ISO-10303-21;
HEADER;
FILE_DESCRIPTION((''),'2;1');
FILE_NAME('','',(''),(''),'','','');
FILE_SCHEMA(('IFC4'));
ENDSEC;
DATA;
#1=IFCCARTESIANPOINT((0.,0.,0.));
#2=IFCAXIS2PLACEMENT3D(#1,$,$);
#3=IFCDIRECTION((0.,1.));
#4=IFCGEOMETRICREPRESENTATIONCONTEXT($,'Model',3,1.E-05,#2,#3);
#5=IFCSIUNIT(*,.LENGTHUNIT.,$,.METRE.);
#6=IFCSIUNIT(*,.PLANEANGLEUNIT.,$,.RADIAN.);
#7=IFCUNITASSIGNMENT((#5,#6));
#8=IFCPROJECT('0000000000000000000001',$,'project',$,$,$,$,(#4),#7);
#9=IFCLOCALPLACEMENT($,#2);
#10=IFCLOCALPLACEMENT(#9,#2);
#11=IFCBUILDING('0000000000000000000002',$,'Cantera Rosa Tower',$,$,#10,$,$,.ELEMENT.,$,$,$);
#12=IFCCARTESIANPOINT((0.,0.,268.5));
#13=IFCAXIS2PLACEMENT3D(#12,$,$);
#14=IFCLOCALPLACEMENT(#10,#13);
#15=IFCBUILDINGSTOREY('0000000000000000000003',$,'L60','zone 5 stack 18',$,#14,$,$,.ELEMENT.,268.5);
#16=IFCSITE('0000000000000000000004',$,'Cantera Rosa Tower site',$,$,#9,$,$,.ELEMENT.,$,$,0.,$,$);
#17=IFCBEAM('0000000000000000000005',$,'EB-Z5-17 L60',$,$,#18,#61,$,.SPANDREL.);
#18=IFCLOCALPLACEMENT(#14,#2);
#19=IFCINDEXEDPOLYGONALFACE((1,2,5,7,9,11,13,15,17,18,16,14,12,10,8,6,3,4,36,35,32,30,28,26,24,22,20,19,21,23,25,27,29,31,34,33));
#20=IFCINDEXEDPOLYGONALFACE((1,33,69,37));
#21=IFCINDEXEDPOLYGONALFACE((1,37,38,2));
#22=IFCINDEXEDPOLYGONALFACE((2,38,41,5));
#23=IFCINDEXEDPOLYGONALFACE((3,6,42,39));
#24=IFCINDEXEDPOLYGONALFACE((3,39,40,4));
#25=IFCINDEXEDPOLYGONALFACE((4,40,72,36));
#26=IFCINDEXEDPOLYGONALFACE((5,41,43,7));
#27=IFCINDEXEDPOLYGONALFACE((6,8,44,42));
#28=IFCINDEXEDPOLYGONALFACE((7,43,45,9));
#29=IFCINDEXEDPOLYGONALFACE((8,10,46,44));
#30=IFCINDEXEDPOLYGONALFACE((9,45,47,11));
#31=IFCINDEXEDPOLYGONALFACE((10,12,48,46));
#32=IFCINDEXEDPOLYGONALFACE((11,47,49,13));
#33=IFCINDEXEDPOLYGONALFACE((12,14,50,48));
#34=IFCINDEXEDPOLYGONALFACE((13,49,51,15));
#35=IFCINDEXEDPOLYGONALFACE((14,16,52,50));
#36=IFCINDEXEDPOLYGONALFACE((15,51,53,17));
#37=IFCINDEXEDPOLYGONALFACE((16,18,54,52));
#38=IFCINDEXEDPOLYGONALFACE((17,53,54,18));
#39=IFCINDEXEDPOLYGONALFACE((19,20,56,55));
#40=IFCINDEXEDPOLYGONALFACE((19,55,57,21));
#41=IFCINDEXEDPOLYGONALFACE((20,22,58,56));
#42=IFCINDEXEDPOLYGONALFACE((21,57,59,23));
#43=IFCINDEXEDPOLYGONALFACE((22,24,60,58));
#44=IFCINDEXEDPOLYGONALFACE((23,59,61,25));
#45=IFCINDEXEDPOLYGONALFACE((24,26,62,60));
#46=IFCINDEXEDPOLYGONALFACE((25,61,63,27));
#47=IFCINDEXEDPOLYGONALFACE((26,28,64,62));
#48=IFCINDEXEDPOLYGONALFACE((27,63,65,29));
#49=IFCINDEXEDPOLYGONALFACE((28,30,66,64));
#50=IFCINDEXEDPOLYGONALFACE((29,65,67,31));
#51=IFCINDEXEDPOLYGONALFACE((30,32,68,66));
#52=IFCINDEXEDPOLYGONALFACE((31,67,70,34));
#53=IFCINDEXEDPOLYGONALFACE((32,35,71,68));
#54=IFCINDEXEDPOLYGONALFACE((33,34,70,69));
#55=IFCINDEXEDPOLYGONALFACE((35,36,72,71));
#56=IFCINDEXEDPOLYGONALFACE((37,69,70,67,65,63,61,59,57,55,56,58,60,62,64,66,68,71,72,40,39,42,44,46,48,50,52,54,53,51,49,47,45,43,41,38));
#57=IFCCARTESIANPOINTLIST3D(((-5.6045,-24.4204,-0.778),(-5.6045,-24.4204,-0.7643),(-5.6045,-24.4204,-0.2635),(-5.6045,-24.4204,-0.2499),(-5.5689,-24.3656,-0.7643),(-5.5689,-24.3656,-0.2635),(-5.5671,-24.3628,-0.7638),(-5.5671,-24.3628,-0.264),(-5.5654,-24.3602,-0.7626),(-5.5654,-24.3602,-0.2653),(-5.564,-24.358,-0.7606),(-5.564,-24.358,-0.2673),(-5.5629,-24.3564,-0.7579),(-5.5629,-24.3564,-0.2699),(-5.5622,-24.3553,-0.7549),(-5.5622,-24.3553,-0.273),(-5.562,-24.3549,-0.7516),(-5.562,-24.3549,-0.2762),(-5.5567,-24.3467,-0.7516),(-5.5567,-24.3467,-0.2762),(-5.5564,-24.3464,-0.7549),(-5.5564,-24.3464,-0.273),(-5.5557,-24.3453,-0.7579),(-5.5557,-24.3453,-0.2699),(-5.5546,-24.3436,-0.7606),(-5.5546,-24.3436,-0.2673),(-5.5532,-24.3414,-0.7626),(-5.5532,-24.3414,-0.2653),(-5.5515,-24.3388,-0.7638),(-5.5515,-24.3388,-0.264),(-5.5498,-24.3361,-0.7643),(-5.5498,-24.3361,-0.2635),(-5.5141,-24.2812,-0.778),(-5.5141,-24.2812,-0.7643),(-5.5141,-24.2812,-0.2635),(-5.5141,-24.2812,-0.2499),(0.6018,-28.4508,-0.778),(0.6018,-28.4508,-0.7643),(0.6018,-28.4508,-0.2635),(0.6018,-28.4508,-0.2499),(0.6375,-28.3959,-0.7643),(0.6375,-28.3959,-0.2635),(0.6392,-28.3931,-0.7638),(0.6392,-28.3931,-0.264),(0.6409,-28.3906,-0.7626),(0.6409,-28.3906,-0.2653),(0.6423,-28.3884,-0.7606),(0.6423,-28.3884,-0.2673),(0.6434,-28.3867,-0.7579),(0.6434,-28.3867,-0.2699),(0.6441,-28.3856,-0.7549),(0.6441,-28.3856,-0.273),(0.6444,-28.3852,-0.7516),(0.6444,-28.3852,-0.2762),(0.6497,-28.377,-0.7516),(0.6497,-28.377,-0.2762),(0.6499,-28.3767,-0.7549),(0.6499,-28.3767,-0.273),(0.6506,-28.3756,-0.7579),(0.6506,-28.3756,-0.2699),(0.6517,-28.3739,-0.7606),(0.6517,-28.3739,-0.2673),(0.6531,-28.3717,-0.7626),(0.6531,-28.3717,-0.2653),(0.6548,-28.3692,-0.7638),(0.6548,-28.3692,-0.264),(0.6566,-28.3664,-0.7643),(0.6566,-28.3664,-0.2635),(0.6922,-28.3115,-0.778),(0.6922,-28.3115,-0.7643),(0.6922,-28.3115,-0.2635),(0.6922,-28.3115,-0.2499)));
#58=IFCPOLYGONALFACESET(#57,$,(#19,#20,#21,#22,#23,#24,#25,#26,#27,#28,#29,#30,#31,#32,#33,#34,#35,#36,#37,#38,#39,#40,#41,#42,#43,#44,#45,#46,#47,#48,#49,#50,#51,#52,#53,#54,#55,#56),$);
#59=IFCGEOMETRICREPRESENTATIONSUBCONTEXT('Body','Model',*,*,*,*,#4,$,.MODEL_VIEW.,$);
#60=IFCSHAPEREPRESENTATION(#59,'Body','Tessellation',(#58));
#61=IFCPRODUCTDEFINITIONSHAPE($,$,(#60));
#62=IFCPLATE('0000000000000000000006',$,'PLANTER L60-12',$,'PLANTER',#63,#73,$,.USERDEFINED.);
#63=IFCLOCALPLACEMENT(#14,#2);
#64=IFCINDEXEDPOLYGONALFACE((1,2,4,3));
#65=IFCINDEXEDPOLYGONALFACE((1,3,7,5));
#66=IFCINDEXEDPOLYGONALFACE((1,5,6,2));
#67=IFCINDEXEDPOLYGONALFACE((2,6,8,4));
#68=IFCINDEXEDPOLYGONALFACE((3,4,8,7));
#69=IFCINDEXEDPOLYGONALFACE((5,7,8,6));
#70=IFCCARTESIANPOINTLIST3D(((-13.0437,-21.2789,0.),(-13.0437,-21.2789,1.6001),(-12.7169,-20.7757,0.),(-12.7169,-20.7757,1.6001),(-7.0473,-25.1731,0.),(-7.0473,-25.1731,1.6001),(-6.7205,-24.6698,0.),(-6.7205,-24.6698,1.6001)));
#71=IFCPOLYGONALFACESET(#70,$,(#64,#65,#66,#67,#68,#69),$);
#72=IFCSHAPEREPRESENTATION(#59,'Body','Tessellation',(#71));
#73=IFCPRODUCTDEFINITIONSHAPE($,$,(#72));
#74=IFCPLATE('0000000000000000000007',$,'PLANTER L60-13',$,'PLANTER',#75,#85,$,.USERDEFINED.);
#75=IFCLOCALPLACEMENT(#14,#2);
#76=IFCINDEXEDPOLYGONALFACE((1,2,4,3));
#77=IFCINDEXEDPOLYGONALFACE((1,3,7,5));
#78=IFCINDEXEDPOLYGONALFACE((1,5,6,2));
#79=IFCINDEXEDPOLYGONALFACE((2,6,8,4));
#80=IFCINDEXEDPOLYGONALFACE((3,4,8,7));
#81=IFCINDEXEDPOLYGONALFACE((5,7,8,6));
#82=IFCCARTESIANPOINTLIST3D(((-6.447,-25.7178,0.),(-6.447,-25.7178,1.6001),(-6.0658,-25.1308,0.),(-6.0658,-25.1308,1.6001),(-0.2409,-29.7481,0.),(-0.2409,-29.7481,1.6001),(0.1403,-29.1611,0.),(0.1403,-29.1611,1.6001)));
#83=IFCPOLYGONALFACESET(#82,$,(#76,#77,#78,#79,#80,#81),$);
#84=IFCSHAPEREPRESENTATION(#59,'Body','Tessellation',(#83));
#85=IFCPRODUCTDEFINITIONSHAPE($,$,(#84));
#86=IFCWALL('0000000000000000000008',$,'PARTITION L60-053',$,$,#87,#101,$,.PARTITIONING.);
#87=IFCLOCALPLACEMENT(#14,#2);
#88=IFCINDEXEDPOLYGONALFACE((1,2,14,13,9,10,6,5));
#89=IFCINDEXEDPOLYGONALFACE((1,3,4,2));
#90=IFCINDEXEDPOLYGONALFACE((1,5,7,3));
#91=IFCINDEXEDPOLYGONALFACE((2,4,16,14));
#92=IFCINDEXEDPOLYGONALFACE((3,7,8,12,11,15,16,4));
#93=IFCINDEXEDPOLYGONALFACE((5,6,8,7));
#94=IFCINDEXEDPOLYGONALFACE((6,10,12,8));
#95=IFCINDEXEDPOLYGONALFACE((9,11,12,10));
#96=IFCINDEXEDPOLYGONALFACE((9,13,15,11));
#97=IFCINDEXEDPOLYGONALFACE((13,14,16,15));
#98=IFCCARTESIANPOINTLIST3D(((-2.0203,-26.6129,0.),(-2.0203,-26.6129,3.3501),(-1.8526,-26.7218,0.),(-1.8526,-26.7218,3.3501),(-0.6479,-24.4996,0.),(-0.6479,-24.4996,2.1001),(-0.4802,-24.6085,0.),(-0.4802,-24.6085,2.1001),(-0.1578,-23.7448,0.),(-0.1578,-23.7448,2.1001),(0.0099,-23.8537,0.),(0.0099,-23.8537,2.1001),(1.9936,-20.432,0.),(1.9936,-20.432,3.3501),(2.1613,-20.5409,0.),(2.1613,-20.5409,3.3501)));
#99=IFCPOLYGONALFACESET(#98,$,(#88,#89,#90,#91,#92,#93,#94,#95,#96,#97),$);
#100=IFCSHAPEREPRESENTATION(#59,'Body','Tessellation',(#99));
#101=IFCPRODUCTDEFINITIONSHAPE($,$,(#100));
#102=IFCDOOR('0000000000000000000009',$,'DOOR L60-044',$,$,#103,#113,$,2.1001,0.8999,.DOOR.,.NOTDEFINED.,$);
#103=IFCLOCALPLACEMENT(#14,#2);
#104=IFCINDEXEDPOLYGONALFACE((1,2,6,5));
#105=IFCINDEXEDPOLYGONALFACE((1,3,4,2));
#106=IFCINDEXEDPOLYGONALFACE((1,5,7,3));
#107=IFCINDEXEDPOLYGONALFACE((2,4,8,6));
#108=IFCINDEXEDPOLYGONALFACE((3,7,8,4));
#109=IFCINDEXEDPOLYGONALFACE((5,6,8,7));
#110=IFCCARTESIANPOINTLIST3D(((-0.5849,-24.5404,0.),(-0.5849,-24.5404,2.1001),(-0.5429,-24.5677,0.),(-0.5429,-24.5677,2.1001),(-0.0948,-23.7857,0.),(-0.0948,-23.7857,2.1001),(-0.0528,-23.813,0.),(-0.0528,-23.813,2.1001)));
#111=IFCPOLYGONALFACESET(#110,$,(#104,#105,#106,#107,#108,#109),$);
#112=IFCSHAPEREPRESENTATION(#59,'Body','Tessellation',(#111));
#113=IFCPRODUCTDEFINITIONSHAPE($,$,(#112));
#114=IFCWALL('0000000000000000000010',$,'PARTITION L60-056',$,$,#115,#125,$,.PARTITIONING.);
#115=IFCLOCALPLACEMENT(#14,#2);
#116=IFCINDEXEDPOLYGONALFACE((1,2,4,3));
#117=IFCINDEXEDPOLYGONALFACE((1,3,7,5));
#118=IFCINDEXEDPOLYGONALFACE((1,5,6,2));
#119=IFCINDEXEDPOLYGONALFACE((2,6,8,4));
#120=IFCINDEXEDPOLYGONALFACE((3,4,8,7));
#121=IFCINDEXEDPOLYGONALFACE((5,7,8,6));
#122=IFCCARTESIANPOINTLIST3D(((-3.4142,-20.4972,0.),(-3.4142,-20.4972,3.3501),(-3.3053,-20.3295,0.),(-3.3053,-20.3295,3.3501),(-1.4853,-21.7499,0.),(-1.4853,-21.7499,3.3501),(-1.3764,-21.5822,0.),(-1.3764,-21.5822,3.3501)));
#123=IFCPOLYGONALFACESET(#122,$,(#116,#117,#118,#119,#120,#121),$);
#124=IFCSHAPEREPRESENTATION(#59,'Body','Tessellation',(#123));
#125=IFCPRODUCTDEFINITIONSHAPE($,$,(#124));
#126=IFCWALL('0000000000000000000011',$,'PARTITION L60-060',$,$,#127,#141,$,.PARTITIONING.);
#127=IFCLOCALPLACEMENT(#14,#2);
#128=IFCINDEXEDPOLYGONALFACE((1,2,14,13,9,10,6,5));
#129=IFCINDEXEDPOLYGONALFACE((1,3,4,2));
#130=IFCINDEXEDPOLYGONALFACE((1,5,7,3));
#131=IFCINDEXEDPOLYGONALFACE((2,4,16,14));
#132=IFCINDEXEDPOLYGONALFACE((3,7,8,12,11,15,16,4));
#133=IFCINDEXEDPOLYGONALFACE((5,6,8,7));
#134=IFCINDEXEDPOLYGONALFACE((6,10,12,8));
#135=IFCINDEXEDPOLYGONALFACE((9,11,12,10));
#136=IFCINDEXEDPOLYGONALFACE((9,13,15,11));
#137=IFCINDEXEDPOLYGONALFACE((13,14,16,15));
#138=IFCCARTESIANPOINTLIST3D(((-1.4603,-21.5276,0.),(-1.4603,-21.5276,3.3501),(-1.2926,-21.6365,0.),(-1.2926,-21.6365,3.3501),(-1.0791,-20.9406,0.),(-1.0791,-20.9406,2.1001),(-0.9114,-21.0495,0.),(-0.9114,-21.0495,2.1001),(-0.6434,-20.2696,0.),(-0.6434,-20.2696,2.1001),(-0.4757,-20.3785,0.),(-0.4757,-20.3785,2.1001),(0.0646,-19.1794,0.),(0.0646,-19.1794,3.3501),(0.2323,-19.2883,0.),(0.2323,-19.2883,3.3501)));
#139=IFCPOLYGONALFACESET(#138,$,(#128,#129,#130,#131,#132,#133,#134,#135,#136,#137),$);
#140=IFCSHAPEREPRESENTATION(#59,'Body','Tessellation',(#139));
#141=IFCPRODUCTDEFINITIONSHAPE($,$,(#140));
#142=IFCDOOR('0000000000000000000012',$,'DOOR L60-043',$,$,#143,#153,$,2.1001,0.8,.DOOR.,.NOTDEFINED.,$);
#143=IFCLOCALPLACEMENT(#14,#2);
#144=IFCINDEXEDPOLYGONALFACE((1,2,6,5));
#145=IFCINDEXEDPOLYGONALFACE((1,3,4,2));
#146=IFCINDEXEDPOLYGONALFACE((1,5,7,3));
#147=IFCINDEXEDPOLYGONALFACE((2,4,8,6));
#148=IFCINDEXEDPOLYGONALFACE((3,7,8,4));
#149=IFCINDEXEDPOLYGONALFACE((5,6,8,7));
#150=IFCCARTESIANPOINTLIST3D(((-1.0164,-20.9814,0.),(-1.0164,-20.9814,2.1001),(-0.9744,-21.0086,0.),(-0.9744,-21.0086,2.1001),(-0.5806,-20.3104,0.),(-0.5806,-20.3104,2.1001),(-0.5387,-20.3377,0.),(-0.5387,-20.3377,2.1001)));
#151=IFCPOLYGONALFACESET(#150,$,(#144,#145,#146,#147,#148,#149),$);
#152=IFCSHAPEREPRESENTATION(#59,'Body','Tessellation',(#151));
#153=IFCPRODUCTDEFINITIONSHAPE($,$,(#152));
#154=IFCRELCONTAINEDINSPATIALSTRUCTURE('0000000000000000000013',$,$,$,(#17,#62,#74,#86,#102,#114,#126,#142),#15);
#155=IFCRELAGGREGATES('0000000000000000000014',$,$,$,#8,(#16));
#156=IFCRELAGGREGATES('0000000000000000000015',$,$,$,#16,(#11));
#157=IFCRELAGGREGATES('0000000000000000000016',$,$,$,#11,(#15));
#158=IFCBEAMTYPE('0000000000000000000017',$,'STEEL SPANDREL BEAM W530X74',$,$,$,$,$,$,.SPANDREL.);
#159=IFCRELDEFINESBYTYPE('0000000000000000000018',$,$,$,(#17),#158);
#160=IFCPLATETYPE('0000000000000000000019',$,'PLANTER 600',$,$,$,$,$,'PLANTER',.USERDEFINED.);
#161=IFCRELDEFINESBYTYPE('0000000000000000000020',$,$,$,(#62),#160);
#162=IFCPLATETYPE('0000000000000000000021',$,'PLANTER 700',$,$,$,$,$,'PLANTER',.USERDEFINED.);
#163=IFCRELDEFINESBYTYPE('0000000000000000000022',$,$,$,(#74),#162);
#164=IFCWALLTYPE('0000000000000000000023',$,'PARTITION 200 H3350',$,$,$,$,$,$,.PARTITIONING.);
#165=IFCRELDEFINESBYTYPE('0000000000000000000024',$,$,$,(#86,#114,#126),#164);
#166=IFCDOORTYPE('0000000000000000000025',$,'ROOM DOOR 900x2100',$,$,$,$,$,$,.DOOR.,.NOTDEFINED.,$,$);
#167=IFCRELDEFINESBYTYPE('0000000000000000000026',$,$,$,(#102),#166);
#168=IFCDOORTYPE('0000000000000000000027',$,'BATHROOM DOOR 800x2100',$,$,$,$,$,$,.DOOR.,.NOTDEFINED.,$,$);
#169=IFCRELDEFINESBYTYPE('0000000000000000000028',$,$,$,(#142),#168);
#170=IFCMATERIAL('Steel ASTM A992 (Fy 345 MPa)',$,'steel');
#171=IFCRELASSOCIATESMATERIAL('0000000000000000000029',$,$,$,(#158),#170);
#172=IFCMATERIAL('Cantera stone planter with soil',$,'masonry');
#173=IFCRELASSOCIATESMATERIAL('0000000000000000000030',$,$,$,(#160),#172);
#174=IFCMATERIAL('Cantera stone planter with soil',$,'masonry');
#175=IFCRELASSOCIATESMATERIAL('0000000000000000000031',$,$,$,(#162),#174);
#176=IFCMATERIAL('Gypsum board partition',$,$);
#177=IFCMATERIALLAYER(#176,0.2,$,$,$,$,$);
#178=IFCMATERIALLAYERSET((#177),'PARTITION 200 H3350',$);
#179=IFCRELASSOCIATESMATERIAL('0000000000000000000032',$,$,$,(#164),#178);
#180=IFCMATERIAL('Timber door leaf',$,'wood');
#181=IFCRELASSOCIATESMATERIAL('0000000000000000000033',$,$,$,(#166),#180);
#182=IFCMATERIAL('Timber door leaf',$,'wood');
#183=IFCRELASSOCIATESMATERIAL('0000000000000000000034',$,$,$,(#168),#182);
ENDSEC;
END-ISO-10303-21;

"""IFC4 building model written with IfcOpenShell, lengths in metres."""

from ifc_helpers import new_model, si_unit, direction, frame, frame_2d, origin, origin_2d, place, context, subcontext, project, spatial, rectangle, i_section, extrude, material, layer, layer_set, material_profile, profile_set, type_object, element, fill, save


model = new_model("IFC4")

# Units and contexts
model_context = context("Model", 3, precision=1e-05, world=origin(), true_north=direction((0.0, 1.0)))
body_context = subcontext(model_context, "Body", "Model", "MODEL_VIEW")
ifc_project = project(units=[si_unit("LENGTHUNIT", "METRE"), si_unit("PLANEANGLEUNIT", "RADIAN")], contexts=[model_context])

# Site, building, storey
site_placement = place(None, origin())
site = spatial("IfcSite", under=ifc_project, at=site_placement, Name="Cantera Rosa Tower site", CompositionType="ELEMENT", RefElevation=0.0)
building_placement = place(site_placement, origin())
building = spatial("IfcBuilding", under=site, at=building_placement, Name="Cantera Rosa Tower", CompositionType="ELEMENT")
storey_placement = place(building_placement, frame((0.0, 0.0, 268.5)))
storey = spatial("IfcBuildingStorey", under=building, at=storey_placement, Name="L60", Description="zone 5 stack 18", CompositionType="ELEMENT", Elevation=268.5)

# Beam
ifc_material_1 = material(Name="Steel ASTM A992 (Fy 345 MPa)", Category="steel")
ifc_material_profile_1 = material_profile(ifc_material_1, i_section(OverallWidth=0.166, OverallDepth=0.5281, WebThickness=0.0098, FlangeThickness=0.0137, FilletRadius=0.0127, at=origin_2d()), Name="W530X74")
ifc_profile_set_1 = profile_set([ifc_material_profile_1], Name="Steel ASTM A992 (Fy 345 MPa)")
beam_type_1 = type_object("IfcBeamType", Name="STEEL SPANDREL BEAM W530X74", PredefinedType="SPANDREL", material=ifc_profile_set_1)
beam_1_placement = place(storey_placement, frame((-5.5593, -24.3508, -0.5139), z_axis=(0.838679, -0.544625, 0.0), x_axis=(0.544625, 0.838679, 0.0)))
element("IfcBeam", 1, at=beam_1_placement, inside=storey, type_object=beam_type_1, Name="EB-Z5-17 L60", PredefinedType="SPANDREL", context=body_context, shape_type="SweptSolid", body=[
    extrude(i_section(OverallWidth=0.166, OverallDepth=0.5281, WebThickness=0.0098, FlangeThickness=0.0137, FilletRadius=0.0127, at=origin_2d()), origin(), (0.0, 0.0, 1.0), 7.4001),
])

# Plates
ifc_material_2 = material(Name="Cantera stone planter with soil", Category="masonry")
plate_type_1 = type_object("IfcPlateType", Name="PLANTER 600", ElementType="PLANTER", PredefinedType="USERDEFINED", material=ifc_material_2)
plate_1_placement = place(storey_placement, frame((-9.8821, -22.9744, 0.0), z_axis=(0.0, 0.0, 1.0), x_axis=(0.838671, -0.544639, 0.0)))
element("IfcPlate", 2, at=plate_1_placement, inside=storey, type_object=plate_type_1, Name="PLANTER L60-12", ObjectType="PLANTER", PredefinedType="USERDEFINED", context=body_context, shape_type="SweptSolid", body=[
    extrude(rectangle(XDim=7.1499, YDim=0.6001, at=origin_2d()), origin(), (0.0, 0.0, 1.0), 1.6001),
])
ifc_material_3 = material(Name="Cantera stone planter with soil", Category="masonry")
plate_type_2 = type_object("IfcPlateType", Name="PLANTER 700", ElementType="PLANTER", PredefinedType="USERDEFINED", material=ifc_material_3)
plate_2_placement = place(storey_placement, frame((-3.1533, -27.4395, 0.0), z_axis=(0.0, 0.0, 1.0), x_axis=(0.838671, -0.544639, 0.0)))
element("IfcPlate", 3, at=plate_2_placement, inside=storey, type_object=plate_type_2, Name="PLANTER L60-13", ObjectType="PLANTER", PredefinedType="USERDEFINED", context=body_context, shape_type="SweptSolid", body=[
    extrude(rectangle(XDim=7.3999, YDim=0.7, at=origin_2d()), origin(), (0.0, 0.0, 1.0), 1.6001),
])

# Wall, opening, door
ifc_material_4 = material(Name="Gypsum board partition")
ifc_layer_1 = layer(ifc_material_4, 0.2)
ifc_layer_set_1 = layer_set([ifc_layer_1], Name="PARTITION 200 H3350")
wall_type_1 = type_object("IfcWallType", Name="PARTITION 200 H3350", PredefinedType="PARTITIONING", material=ifc_layer_set_1)
wall_1_placement = place(storey_placement, frame((-1.9365, -26.6675, 0.0), z_axis=(0.0, 0.0, 1.0), x_axis=(0.544638, 0.838671, 0.0)))
wall_1 = element("IfcWall", 4, at=wall_1_placement, inside=storey, type_object=wall_type_1, Name="PARTITION L60-053", PredefinedType="PARTITIONING", context=body_context, shape_type="SweptSolid", body=[
    extrude(rectangle(XDim=7.3699, YDim=0.2, at=frame_2d((3.6851, 0.0))), origin(), (0.0, 0.0, 1.0), 3.3501),
])
opening_1_placement = place(wall_1_placement, frame((2.52, 0.0, 0.0)))
opening_1 = element("IfcOpeningElement", 5, at=opening_1_placement, cuts=wall_1, PredefinedType="OPENING", context=body_context, shape_type="SweptSolid", body=[
    extrude(rectangle(XDim=0.8999, YDim=2.1001, at=frame_2d((0.45, 1.05))), frame((0.0, 0.1099, 0.0), z_axis=(0.0, -1.0, 0.0), x_axis=(1.0, 0.0, 0.0)), (0.0, 0.0, 1.0), 0.22),
])
ifc_material_5 = material(Name="Timber door leaf", Category="wood")
door_type_1 = type_object("IfcDoorType", Name="ROOM DOOR 900x2100", OperationType="NOTDEFINED", PredefinedType="DOOR", material=ifc_material_5)
door_1_placement = place(opening_1_placement, origin())
door_1 = element("IfcDoor", 6, at=door_1_placement, inside=storey, type_object=door_type_1, Name="DOOR L60-044", OperationType="NOTDEFINED", OverallHeight=2.1001, OverallWidth=0.8999, PredefinedType="DOOR", context=body_context, shape_type="SweptSolid", body=[
    extrude(rectangle(XDim=0.8999, YDim=2.1001, at=frame_2d((0.45, 1.05))), frame((0.0, 0.0249, 0.0), z_axis=(0.0, -1.0, 0.0), x_axis=(1.0, 0.0, 0.0)), (0.0, 0.0, 1.0), 0.05),
])
fill(opening_1, door_1)

# Wall
wall_2_placement = place(storey_placement, frame((-1.4309, -21.666, 0.0), z_axis=(0.0, 0.0, 1.0), x_axis=(-0.838669, 0.544641, 0.0)))
element("IfcWall", 7, at=wall_2_placement, inside=storey, type_object=wall_type_1, Name="PARTITION L60-056", PredefinedType="PARTITIONING", context=body_context, shape_type="SweptSolid", body=[
    extrude(rectangle(XDim=2.3, YDim=0.2, at=frame_2d((1.1499, 0.0))), origin(), (0.0, 0.0, 1.0), 3.3501),
])

# Wall, opening, door
wall_3_placement = place(storey_placement, frame((0.1484, -19.2339, 0.0), z_axis=(0.0, 0.0, 1.0), x_axis=(-0.544639, -0.838671, 0.0)))
wall_3 = element("IfcWall", 8, at=wall_3_placement, inside=storey, type_object=wall_type_1, Name="PARTITION L60-060", PredefinedType="PARTITIONING", context=body_context, shape_type="SweptSolid", body=[
    extrude(rectangle(XDim=2.7998, YDim=0.2, at=frame_2d((1.3999, 0.0))), origin(), (0.0, 0.0, 1.0), 3.3501),
])
opening_2_placement = place(wall_3_placement, frame((1.3, 0.0, 0.0)))
opening_2 = element("IfcOpeningElement", 9, at=opening_2_placement, cuts=wall_3, PredefinedType="OPENING", context=body_context, shape_type="SweptSolid", body=[
    extrude(rectangle(XDim=0.8, YDim=2.1001, at=frame_2d((0.3999, 1.05))), frame((0.0, 0.1099, 0.0), z_axis=(0.0, -1.0, 0.0), x_axis=(1.0, 0.0, 0.0)), (0.0, 0.0, 1.0), 0.22),
])
ifc_material_6 = material(Name="Timber door leaf", Category="wood")
door_type_2 = type_object("IfcDoorType", Name="BATHROOM DOOR 800x2100", OperationType="NOTDEFINED", PredefinedType="DOOR", material=ifc_material_6)
door_2_placement = place(opening_2_placement, origin())
door_2 = element("IfcDoor", 10, at=door_2_placement, inside=storey, type_object=door_type_2, Name="DOOR L60-043", OperationType="NOTDEFINED", OverallHeight=2.1001, OverallWidth=0.8, PredefinedType="DOOR", context=body_context, shape_type="SweptSolid", body=[
    extrude(rectangle(XDim=0.8, YDim=2.1001, at=frame_2d((0.3999, 1.05))), frame((0.0, 0.0249, 0.0), z_axis=(0.0, -1.0, 0.0), x_axis=(1.0, 0.0, 0.0)), (0.0, 0.0, 1.0), 0.05),
])
fill(opening_2, door_2)

save(model, "model.ifc")
